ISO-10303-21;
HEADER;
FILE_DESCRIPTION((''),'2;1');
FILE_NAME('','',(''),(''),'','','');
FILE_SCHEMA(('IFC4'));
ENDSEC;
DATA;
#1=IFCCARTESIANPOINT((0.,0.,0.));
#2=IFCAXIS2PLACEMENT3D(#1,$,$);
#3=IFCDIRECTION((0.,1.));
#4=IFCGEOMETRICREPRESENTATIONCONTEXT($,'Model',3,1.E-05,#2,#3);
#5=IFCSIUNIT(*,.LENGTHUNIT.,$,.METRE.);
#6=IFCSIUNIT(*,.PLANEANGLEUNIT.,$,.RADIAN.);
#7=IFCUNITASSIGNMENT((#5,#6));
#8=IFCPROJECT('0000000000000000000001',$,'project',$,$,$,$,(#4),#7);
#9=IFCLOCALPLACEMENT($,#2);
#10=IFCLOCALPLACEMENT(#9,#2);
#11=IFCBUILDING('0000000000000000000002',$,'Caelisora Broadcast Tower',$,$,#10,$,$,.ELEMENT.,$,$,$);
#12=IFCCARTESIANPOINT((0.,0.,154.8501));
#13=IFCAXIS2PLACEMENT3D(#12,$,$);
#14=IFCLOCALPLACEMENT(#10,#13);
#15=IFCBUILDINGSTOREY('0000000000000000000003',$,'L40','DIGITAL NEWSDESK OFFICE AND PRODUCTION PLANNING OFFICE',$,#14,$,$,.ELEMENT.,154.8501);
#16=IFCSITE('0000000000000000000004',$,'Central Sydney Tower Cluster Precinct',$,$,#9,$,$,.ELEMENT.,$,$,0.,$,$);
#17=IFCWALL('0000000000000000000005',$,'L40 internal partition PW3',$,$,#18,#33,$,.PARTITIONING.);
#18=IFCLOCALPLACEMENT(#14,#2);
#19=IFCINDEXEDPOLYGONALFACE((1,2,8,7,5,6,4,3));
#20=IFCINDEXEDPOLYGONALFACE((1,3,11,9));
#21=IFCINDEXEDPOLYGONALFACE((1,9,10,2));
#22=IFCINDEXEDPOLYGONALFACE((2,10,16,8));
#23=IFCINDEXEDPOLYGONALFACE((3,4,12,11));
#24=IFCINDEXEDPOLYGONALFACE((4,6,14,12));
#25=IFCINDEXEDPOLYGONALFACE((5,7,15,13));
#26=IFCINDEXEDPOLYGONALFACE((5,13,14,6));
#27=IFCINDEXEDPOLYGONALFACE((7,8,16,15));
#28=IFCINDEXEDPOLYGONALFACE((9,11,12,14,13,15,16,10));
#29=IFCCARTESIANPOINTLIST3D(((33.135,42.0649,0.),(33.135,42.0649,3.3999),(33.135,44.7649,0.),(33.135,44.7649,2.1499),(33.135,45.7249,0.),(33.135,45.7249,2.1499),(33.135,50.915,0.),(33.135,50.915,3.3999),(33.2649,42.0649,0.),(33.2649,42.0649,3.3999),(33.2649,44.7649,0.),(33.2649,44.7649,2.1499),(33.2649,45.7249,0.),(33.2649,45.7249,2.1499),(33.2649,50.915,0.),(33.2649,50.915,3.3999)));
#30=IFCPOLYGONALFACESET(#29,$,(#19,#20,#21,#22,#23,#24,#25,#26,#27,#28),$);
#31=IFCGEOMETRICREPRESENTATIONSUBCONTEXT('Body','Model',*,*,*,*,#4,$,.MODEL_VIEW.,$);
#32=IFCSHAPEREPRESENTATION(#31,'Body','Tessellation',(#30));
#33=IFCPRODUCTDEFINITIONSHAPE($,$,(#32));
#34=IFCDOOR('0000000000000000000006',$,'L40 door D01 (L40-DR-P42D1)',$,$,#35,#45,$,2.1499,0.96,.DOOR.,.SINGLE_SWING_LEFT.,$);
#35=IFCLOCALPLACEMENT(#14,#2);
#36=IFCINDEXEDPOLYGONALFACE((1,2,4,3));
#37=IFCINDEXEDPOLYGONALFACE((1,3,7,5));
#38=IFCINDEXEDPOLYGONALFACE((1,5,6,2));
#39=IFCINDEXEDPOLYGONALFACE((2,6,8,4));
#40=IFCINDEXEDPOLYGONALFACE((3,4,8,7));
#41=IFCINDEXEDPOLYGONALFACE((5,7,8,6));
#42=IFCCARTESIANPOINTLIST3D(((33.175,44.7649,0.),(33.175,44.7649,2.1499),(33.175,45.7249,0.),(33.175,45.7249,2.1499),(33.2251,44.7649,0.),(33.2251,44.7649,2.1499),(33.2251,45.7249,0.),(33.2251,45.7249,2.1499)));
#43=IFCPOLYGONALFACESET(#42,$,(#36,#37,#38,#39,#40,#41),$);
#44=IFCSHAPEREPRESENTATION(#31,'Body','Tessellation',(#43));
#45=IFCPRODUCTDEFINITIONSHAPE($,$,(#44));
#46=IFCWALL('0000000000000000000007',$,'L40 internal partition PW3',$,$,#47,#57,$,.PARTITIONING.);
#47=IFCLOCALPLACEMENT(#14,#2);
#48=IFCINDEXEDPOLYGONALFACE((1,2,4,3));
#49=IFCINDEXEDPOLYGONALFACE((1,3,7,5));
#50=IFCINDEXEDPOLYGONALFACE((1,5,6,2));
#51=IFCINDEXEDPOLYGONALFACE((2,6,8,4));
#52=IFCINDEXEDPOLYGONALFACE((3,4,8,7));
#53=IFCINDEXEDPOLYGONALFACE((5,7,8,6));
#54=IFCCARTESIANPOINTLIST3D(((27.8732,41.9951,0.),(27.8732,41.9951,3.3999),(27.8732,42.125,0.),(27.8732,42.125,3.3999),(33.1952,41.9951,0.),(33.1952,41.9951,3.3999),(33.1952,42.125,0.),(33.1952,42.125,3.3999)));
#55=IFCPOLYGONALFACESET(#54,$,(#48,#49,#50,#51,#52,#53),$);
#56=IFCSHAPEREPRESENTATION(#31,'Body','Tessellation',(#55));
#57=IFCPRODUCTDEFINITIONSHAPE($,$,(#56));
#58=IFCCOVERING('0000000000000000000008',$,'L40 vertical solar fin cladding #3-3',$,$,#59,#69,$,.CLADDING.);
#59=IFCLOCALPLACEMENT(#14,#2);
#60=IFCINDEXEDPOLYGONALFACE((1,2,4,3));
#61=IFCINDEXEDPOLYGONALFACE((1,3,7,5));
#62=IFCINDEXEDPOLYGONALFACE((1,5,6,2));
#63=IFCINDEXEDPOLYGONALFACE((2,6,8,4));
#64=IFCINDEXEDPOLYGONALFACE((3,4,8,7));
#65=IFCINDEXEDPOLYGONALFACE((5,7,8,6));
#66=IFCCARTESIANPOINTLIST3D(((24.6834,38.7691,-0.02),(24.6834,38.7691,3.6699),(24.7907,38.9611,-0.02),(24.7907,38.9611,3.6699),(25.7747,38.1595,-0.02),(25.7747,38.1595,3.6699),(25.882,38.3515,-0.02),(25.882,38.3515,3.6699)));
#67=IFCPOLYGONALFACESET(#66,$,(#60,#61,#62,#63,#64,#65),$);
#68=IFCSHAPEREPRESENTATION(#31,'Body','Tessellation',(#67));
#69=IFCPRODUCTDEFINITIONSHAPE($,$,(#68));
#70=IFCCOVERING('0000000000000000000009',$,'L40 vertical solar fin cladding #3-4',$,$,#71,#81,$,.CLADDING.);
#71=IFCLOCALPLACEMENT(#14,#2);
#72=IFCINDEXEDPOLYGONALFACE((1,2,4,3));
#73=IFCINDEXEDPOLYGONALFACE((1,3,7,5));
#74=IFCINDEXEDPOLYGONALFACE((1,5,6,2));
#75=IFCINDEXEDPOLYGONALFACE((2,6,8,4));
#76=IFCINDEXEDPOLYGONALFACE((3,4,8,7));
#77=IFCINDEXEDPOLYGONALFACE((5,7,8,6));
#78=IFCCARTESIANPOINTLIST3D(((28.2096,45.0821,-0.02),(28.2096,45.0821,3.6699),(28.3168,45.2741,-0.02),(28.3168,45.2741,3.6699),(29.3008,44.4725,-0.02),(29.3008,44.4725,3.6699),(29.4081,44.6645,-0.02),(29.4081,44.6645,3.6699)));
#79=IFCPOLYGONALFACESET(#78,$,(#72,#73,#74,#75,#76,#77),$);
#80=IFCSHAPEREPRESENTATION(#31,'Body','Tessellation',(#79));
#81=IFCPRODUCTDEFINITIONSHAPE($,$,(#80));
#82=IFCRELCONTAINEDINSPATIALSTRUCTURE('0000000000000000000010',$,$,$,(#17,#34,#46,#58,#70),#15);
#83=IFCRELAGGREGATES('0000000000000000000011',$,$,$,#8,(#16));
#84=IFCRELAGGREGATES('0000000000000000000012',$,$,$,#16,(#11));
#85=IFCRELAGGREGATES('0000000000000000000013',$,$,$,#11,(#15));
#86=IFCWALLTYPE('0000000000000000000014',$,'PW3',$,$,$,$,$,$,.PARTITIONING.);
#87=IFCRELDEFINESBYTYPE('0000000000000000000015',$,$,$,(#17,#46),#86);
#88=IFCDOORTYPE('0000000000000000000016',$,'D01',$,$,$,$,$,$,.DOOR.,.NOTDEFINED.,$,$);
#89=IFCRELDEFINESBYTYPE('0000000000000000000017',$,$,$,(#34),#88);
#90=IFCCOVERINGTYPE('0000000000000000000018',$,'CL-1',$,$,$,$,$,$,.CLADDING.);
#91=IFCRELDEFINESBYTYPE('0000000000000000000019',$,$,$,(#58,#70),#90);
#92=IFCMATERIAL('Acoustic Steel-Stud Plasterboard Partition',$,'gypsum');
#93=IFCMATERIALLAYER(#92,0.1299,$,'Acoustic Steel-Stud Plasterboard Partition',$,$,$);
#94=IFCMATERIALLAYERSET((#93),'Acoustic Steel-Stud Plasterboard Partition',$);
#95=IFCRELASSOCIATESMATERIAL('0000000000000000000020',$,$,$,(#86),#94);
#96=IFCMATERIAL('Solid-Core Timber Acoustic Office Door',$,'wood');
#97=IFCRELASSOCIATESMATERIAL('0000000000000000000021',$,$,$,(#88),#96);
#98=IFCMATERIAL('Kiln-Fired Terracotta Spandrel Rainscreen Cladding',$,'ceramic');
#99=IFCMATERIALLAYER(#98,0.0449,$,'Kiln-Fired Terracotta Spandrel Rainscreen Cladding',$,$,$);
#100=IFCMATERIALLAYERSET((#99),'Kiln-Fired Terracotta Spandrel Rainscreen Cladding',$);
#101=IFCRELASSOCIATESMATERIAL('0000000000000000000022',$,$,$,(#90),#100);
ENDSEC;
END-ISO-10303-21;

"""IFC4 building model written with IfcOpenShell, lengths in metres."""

from ifc_helpers import new_model, si_unit, direction, frame, frame_2d, origin, origin_2d, place, context, subcontext, project, spatial, rectangle, extrude, source, transform, mapped, material, layer, layer_set, type_object, type_shapes, element, fill, save


model = new_model("IFC4")

# Units and contexts
model_context = context("Model", 3, precision=1e-05, world=origin(), true_north=direction((0.0, 1.0)))
body_context = subcontext(model_context, "Body", "Model", "MODEL_VIEW")
ifc_project = project(units=[si_unit("LENGTHUNIT", "METRE"), si_unit("PLANEANGLEUNIT", "RADIAN")], contexts=[model_context])

# Site, building, storey
site_placement = place(None, origin())
site = spatial("IfcSite", under=ifc_project, at=site_placement, Name="Central Sydney Tower Cluster Precinct", CompositionType="ELEMENT", RefElevation=0.0)
building_placement = place(site_placement, origin())
building = spatial("IfcBuilding", under=site, at=building_placement, Name="Caelisora Broadcast Tower", CompositionType="ELEMENT")
storey_placement = place(building_placement, frame((0.0, 0.0, 154.8501)))
storey = spatial("IfcBuildingStorey", under=building, at=storey_placement, Name="L40", Description="DIGITAL NEWSDESK OFFICE AND PRODUCTION PLANNING OFFICE", CompositionType="ELEMENT", Elevation=154.8501)

# Wall, opening, door
ifc_material_1 = material(Name="Acoustic Steel-Stud Plasterboard Partition", Category="gypsum")
ifc_layer_1 = layer(ifc_material_1, 0.1299, Name="Acoustic Steel-Stud Plasterboard Partition")
ifc_layer_set_1 = layer_set([ifc_layer_1], Name="Acoustic Steel-Stud Plasterboard Partition")
wall_type_1 = type_object("IfcWallType", Name="PW3", PredefinedType="PARTITIONING", material=ifc_layer_set_1)
ifc_material_2 = material(Name="Solid-Core Timber Acoustic Office Door", Category="wood")
door_type = type_object("IfcDoorType", Name="D01", OperationType="NOTDEFINED", PredefinedType="DOOR", material=ifc_material_2)
wall_1_placement = place(storey_placement, frame((33.2, 42.0649, 0.0), z_axis=(0.0, 0.0, 1.0), x_axis=(0.0, 1.0, 0.0)))
wall_1 = element("IfcWall", 1, at=wall_1_placement, inside=storey, type_object=wall_type_1, Name="L40 internal partition PW3", PredefinedType="PARTITIONING", context=body_context, shape_type="SweptSolid", body=[
    extrude(rectangle(XDim=8.8501, YDim=0.1299, at=frame_2d((4.425, 0.0))), origin(), (0.0, 0.0, 1.0), 3.3999),
])
opening_1_placement = place(wall_1_placement, frame((2.7, 0.0, 0.0)))
opening_1 = element("IfcOpeningElement", 2, at=opening_1_placement, cuts=wall_1, PredefinedType="OPENING", context=body_context, shape_type="SweptSolid", body=[
    extrude(rectangle(XDim=0.96, YDim=2.1499, at=frame_2d((0.48, 1.075))), frame((0.0, 0.0769, 0.0), z_axis=(0.0, -1.0, 0.0), x_axis=(1.0, 0.0, 0.0)), (0.0, 0.0, 1.0), 0.1538),
])
door_1_placement = place(opening_1_placement, origin())
door_1 = element("IfcDoor", 3, at=door_1_placement, inside=storey, type_object=door_type, Name="L40 door D01 (L40-DR-P42D1)", OperationType="SINGLE_SWING_LEFT", OverallHeight=2.1499, OverallWidth=0.96, PredefinedType="DOOR", context=body_context, shape_type="SweptSolid", body=[
    extrude(rectangle(XDim=0.96, YDim=2.1499, at=frame_2d((0.48, 1.075))), frame((0.0, 0.0249, 0.0), z_axis=(0.0, -1.0, 0.0), x_axis=(1.0, 0.0, 0.0)), (0.0, 0.0, 1.0), 0.05),
])
fill(opening_1, door_1)

# Wall
wall_2_placement = place(storey_placement, frame((27.873, 42.0601, 0.0), z_axis=(0.0, 0.0, 1.0), x_axis=(1.0, 0.0, 0.0)))
element("IfcWall", 4, at=wall_2_placement, inside=storey, type_object=wall_type_1, Name="L40 internal partition PW3", PredefinedType="PARTITIONING", context=body_context, shape_type="SweptSolid", body=[
    extrude(rectangle(XDim=5.322, YDim=0.1299, at=frame_2d((2.6611, 0.0))), origin(), (0.0, 0.0, 1.0), 3.3999),
])

# Coverings
ifc_material_3 = material(Name="Kiln-Fired Terracotta Spandrel Rainscreen Cladding", Category="ceramic")
ifc_layer_2 = layer(ifc_material_3, 0.0449, Name="Kiln-Fired Terracotta Spandrel Rainscreen Cladding")
ifc_layer_set_2 = layer_set([ifc_layer_2], Name="Kiln-Fired Terracotta Spandrel Rainscreen Cladding")
covering_type = type_object("IfcCoveringType", Name="CL-1", PredefinedType="CLADDING", material=ifc_layer_set_2)
shared_shape_1 = source(origin(), body_context, "Body", "SweptSolid", [
    extrude(rectangle(XDim=0.22, YDim=1.25, at=origin_2d()), origin(), (0.0, 0.0, 1.0), 3.6899),
])
type_shapes(covering_type, [shared_shape_1])
for number, where, z_axis, x_axis, name in (
    (5, (25.2827, 38.5603, -0.02), (0.0, 0.0, 1.0), (0.487707, 0.873007, 0.0), "L40 vertical solar fin cladding #3-3"),
    (6, (28.8088, 44.8733, -0.02), (0.0, 0.0, 1.0), (0.487707, 0.873007, 0.0), "L40 vertical solar fin cladding #3-4"),
):
    element("IfcCovering", number, at=place(storey_placement, frame(where, z_axis=z_axis, x_axis=x_axis)), inside=storey, type_object=covering_type, Name=name, PredefinedType="CLADDING", context=body_context, shape_type="MappedRepresentation", body=[
        mapped(shared_shape_1, transform((0.0, 0.0, 0.0), scale=1.0)),
    ])

save(model, "model.ifc")
